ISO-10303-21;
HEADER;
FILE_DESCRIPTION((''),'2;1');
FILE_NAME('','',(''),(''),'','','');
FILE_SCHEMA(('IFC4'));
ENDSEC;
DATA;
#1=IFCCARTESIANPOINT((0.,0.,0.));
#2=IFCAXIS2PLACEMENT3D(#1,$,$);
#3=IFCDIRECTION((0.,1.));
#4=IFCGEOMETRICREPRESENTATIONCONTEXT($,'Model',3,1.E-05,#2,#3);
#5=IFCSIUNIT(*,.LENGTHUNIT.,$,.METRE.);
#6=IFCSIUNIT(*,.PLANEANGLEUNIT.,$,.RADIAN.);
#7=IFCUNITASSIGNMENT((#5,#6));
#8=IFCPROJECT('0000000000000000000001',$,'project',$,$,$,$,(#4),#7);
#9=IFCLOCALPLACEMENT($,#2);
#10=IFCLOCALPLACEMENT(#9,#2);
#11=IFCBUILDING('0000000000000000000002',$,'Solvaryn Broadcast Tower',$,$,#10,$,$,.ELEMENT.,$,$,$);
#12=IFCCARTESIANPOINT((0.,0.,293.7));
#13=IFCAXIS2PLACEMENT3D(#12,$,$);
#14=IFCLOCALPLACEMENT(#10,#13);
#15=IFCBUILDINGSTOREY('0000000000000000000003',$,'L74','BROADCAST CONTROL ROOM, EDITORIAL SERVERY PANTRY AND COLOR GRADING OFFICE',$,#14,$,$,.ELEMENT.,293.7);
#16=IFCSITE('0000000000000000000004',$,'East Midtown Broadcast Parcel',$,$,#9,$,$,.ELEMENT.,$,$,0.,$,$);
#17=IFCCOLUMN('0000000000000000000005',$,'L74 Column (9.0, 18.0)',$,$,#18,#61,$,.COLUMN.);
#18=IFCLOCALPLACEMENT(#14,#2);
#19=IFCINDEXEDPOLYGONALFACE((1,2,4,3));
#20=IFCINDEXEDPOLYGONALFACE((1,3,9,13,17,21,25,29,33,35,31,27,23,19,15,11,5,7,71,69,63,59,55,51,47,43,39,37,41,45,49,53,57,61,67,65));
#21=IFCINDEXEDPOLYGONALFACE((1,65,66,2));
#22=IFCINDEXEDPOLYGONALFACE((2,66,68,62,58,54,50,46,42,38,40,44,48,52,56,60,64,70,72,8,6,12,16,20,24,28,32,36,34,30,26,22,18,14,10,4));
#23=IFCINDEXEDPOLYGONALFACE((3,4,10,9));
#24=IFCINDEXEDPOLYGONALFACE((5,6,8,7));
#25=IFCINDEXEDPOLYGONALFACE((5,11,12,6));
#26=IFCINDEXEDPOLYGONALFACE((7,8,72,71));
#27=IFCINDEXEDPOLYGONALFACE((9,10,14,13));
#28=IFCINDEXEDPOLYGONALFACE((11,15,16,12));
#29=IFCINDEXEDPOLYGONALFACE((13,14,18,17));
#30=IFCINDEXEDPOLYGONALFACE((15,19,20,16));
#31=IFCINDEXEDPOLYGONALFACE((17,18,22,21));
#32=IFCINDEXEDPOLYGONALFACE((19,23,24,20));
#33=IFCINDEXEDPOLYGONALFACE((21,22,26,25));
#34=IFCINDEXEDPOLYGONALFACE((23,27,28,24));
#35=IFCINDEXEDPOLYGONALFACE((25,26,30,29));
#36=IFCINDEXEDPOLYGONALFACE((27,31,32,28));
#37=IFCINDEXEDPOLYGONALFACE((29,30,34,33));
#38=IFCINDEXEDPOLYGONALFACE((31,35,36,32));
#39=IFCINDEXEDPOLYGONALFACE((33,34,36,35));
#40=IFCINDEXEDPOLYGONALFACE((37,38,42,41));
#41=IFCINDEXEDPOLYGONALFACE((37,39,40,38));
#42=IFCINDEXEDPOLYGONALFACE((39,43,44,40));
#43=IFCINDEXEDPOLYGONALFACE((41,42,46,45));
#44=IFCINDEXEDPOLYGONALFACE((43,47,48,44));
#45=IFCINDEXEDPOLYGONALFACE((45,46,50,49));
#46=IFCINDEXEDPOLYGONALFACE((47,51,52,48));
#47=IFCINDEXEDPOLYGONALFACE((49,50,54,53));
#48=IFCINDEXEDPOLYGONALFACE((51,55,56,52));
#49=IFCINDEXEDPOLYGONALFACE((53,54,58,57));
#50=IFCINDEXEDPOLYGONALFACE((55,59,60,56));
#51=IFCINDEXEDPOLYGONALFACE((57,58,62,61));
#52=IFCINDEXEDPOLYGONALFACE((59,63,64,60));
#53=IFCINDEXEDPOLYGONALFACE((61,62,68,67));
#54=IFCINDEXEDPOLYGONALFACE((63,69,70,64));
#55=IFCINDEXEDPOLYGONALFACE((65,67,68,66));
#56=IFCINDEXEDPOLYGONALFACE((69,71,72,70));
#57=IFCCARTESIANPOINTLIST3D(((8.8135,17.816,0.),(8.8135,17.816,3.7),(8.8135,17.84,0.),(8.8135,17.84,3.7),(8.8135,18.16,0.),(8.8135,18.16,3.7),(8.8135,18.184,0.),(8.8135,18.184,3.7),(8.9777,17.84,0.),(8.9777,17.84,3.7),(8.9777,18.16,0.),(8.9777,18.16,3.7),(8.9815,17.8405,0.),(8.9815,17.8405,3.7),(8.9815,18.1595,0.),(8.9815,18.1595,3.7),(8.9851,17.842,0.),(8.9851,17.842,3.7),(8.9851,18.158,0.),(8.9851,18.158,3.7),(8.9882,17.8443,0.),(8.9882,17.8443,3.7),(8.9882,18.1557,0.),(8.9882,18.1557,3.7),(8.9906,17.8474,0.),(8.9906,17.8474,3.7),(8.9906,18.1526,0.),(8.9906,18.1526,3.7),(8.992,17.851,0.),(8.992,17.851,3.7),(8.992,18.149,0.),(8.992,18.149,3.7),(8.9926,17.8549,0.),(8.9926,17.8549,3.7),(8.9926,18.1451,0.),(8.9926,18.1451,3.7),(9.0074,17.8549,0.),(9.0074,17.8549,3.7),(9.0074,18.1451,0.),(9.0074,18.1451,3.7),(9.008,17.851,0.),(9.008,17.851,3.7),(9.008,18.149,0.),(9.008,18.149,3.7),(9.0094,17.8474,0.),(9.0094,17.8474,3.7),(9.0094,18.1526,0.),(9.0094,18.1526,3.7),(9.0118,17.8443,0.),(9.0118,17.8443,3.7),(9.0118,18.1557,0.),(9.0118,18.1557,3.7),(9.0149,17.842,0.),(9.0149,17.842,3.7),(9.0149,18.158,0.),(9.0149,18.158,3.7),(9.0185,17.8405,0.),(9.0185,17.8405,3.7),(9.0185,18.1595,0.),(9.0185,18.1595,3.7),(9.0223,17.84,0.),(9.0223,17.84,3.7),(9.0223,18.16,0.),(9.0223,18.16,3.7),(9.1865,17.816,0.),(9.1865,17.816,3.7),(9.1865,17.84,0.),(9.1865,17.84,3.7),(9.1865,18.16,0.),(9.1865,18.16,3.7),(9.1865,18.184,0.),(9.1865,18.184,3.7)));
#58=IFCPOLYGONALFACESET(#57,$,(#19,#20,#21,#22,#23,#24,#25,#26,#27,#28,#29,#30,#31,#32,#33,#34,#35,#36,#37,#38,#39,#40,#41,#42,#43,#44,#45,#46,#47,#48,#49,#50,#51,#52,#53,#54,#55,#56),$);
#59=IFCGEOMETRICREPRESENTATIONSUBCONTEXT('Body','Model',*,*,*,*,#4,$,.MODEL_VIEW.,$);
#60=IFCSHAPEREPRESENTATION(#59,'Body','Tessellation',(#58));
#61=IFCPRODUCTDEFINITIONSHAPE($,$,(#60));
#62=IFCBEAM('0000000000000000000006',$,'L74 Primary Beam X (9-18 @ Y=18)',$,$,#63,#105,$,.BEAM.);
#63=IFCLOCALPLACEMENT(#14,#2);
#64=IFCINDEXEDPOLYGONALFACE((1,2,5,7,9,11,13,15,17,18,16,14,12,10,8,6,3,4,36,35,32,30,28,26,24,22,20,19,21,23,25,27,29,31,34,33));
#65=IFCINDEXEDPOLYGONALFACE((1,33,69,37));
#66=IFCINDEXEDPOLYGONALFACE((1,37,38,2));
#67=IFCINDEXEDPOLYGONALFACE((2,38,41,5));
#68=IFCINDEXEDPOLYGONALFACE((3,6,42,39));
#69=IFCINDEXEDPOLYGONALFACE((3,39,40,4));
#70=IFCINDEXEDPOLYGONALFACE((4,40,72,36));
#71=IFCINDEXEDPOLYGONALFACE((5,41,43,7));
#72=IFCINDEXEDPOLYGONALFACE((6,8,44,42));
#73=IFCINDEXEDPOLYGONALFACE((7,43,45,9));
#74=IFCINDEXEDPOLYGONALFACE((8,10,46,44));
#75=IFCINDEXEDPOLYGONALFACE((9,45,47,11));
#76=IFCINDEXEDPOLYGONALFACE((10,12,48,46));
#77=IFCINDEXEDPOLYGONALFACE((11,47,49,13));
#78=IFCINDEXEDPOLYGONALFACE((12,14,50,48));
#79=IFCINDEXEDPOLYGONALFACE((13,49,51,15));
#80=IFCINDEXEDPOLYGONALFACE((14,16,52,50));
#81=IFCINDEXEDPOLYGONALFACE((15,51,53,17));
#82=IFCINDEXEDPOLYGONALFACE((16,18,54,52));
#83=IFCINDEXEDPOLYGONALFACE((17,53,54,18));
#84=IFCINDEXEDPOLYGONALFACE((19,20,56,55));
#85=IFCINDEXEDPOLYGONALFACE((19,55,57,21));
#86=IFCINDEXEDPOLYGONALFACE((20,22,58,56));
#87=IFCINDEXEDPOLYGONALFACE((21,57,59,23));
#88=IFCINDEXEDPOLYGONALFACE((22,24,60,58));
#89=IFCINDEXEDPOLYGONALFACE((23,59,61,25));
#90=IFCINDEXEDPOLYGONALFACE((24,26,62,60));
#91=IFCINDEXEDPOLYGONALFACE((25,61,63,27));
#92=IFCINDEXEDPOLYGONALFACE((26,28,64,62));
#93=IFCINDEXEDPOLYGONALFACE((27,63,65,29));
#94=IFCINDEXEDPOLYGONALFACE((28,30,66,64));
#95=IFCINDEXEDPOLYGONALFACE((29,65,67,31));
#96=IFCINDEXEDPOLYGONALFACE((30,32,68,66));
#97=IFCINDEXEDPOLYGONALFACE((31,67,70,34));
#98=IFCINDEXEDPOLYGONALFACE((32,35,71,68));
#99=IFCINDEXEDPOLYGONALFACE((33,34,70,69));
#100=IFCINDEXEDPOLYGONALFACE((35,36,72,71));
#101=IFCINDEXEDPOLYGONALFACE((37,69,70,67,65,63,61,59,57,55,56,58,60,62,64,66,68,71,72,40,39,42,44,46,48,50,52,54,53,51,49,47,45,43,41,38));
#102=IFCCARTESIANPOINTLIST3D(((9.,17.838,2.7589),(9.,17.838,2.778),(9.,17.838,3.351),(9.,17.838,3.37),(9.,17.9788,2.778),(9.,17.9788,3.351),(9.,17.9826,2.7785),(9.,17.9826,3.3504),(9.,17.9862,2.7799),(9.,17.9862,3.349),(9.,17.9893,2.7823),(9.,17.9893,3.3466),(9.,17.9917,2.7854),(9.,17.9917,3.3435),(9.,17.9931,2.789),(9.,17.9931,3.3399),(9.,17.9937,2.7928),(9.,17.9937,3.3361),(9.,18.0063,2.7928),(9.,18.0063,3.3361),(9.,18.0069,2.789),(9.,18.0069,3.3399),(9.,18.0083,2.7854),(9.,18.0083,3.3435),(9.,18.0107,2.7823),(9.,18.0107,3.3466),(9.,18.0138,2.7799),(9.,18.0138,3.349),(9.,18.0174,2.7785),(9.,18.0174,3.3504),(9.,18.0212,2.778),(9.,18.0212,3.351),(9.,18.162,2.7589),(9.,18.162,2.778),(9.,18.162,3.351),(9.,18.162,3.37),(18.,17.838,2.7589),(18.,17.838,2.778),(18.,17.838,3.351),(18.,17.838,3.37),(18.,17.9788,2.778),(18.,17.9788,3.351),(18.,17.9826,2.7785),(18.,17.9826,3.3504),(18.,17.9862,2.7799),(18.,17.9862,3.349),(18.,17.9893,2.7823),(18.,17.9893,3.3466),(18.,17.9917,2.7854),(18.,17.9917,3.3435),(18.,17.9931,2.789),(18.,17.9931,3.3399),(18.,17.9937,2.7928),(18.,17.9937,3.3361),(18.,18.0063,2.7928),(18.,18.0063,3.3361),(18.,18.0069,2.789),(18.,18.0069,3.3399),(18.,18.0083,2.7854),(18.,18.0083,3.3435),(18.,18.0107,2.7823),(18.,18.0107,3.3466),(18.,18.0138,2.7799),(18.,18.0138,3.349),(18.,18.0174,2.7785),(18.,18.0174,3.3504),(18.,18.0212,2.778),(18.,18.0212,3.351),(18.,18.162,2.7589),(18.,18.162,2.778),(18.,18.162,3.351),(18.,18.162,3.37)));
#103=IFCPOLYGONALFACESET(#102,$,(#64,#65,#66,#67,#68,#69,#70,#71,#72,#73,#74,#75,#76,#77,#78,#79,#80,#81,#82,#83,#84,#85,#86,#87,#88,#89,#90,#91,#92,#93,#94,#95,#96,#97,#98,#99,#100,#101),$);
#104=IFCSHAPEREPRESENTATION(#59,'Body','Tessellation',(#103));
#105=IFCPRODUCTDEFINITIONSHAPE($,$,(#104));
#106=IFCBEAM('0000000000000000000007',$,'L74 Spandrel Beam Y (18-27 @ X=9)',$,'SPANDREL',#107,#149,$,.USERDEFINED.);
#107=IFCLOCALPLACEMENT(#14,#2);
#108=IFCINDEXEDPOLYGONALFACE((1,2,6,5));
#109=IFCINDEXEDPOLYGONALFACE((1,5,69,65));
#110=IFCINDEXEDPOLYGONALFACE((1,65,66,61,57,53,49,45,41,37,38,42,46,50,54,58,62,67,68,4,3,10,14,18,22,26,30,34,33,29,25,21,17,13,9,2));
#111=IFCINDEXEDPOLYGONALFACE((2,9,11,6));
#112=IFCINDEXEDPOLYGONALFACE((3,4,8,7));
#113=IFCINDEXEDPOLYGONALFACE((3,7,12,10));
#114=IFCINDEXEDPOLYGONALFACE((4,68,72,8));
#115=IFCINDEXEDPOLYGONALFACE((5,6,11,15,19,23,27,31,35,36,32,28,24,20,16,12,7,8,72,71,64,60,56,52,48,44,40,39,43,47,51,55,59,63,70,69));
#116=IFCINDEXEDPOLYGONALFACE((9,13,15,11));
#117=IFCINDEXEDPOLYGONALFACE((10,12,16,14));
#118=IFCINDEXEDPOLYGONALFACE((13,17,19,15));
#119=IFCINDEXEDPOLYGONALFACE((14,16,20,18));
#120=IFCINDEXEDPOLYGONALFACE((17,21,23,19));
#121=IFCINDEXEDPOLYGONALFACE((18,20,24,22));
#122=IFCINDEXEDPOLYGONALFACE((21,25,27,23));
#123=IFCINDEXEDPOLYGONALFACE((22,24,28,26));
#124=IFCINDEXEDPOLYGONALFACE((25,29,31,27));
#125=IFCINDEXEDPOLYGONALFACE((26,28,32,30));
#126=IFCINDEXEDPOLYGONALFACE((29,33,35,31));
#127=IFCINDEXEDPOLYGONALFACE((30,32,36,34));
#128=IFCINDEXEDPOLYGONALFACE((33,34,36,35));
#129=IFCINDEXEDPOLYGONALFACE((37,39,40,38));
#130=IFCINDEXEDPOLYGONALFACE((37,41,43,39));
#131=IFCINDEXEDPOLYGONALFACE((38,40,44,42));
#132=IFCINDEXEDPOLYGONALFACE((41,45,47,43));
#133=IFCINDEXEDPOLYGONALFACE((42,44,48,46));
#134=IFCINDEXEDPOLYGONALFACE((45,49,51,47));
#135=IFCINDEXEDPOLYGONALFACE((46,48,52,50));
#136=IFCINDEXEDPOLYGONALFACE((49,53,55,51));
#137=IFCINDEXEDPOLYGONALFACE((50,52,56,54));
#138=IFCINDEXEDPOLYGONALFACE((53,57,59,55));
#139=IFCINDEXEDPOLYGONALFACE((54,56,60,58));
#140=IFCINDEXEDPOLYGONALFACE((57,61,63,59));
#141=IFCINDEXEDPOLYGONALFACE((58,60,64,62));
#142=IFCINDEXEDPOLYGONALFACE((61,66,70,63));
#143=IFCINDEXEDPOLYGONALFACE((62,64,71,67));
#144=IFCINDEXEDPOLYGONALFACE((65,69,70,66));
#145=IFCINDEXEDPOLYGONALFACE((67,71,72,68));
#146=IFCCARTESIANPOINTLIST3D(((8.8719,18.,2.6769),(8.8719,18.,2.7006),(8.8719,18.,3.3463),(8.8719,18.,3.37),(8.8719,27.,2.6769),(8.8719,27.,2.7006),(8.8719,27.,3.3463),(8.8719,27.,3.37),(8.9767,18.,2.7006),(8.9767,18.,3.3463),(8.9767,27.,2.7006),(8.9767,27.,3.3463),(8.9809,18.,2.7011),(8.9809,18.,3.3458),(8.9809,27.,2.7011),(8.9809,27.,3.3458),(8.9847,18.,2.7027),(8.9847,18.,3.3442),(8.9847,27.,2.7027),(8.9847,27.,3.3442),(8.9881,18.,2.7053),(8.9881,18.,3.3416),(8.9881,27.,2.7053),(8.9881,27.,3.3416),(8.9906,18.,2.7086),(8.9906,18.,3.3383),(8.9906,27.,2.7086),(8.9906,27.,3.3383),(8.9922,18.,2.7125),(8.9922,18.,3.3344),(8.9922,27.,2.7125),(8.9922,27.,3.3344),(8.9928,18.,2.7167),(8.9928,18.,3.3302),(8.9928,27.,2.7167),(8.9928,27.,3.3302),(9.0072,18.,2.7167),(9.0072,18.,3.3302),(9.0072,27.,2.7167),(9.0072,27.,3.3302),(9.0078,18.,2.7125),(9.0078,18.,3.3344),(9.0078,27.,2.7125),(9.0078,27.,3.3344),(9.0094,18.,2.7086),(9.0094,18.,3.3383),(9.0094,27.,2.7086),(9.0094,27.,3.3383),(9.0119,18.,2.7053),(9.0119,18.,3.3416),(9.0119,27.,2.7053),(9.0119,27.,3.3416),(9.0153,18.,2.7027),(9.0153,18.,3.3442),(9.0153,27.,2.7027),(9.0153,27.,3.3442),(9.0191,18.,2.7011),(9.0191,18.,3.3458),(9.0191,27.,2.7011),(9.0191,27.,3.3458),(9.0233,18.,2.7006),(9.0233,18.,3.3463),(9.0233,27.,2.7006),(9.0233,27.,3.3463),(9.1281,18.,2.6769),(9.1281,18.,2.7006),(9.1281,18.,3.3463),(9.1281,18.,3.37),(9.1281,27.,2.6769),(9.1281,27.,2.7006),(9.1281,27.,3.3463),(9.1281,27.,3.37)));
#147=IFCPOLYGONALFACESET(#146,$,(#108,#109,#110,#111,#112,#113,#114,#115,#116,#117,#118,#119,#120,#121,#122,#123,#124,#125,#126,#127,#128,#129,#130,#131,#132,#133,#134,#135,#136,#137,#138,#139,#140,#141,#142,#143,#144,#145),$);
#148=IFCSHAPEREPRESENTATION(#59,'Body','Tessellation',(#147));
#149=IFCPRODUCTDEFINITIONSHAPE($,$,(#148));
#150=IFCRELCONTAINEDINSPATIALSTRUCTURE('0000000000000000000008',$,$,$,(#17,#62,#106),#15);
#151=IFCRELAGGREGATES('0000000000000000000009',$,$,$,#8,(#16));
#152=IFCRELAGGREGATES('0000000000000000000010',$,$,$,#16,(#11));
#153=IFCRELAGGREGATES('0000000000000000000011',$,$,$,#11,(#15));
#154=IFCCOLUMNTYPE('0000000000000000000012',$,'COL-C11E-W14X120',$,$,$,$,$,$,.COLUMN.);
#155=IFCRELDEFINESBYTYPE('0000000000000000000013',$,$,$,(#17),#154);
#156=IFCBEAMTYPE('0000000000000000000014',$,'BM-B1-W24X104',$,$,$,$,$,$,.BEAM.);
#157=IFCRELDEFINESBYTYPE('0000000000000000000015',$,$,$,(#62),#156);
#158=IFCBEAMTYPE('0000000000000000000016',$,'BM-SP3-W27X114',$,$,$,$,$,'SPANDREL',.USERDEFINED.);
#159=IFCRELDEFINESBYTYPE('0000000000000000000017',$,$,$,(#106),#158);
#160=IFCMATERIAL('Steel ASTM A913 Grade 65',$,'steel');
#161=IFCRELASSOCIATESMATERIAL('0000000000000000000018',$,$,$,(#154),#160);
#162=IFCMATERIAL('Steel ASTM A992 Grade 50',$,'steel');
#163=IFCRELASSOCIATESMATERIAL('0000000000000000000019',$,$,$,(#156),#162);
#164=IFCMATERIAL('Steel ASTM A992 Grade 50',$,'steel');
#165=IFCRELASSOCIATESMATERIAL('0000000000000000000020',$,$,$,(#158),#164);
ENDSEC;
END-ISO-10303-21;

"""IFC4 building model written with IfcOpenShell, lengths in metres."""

from ifc_helpers import new_model, si_unit, direction, frame, origin, origin_2d, place, context, subcontext, project, spatial, i_section, extrude, material, material_profile, profile_set, type_object, element, save


model = new_model("IFC4")

# Units and contexts
model_context = context("Model", 3, precision=1e-05, world=origin(), true_north=direction((0.0, 1.0)))
body_context = subcontext(model_context, "Body", "Model", "MODEL_VIEW")
ifc_project = project(units=[si_unit("LENGTHUNIT", "METRE"), si_unit("PLANEANGLEUNIT", "RADIAN")], contexts=[model_context])

# Site, building, storey
site_placement = place(None, origin())
site = spatial("IfcSite", under=ifc_project, at=site_placement, Name="East Midtown Broadcast Parcel", CompositionType="ELEMENT", RefElevation=0.0)
building_placement = place(site_placement, origin())
building = spatial("IfcBuilding", under=site, at=building_placement, Name="Solvaryn Broadcast Tower", CompositionType="ELEMENT")
storey_placement = place(building_placement, frame((0.0, 0.0, 293.7)))
storey = spatial("IfcBuildingStorey", under=building, at=storey_placement, Name="L74", Description="BROADCAST CONTROL ROOM, EDITORIAL SERVERY PANTRY AND COLOR GRADING OFFICE", CompositionType="ELEMENT", Elevation=293.7)

# Column
ifc_material_1 = material(Name="Steel ASTM A913 Grade 65", Category="steel")
ifc_material_profile_1 = material_profile(ifc_material_1, i_section(OverallWidth=0.373, OverallDepth=0.3679, WebThickness=0.0149, FlangeThickness=0.0239, FilletRadius=0.0149, at=origin_2d()))
ifc_profile_set_1 = profile_set([ifc_material_profile_1], Name="Steel ASTM A913 Grade 65")
column_type = type_object("IfcColumnType", Name="COL-C11E-W14X120", PredefinedType="COLUMN", material=ifc_profile_set_1)
column_placement = place(storey_placement, frame((9.0, 18.0, 0.0), z_axis=(0.0, 0.0, 1.0), x_axis=(1.0, 0.0, 0.0)))
element("IfcColumn", 1, at=column_placement, inside=storey, type_object=column_type, Name="L74 Column (9.0, 18.0)", PredefinedType="COLUMN", context=body_context, shape_type="SweptSolid", body=[
    extrude(i_section(OverallWidth=0.373, OverallDepth=0.3679, WebThickness=0.0149, FlangeThickness=0.0239, FilletRadius=0.0149, at=origin_2d()), origin(), (0.0, 0.0, 1.0), 3.7),
])

# Beams
ifc_material_2 = material(Name="Steel ASTM A992 Grade 50", Category="steel")
ifc_material_profile_2 = material_profile(ifc_material_2, i_section(OverallWidth=0.324, OverallDepth=0.6111, WebThickness=0.0127, FlangeThickness=0.019, FilletRadius=0.0149, at=origin_2d()))
ifc_profile_set_2 = profile_set([ifc_material_profile_2], Name="Steel ASTM A992 Grade 50")
beam_type_1 = type_object("IfcBeamType", Name="BM-B1-W24X104", PredefinedType="BEAM", material=ifc_profile_set_2)
beam_1_placement = place(storey_placement, frame((9.0, 18.0, 3.0645), z_axis=(1.0, 0.0, 0.0), x_axis=(0.0, 1.0, 0.0)))
element("IfcBeam", 2, at=beam_1_placement, inside=storey, type_object=beam_type_1, Name="L74 Primary Beam X (9-18 @ Y=18)", PredefinedType="BEAM", context=body_context, shape_type="SweptSolid", body=[
    extrude(i_section(OverallWidth=0.324, OverallDepth=0.6111, WebThickness=0.0127, FlangeThickness=0.019, FilletRadius=0.0149, at=origin_2d()), origin(), (0.0, 0.0, 1.0), 9.0),
])
ifc_material_3 = material(Name="Steel ASTM A992 Grade 50", Category="steel")
ifc_material_profile_3 = material_profile(ifc_material_3, i_section(OverallWidth=0.2561, OverallDepth=0.6931, WebThickness=0.0144, FlangeThickness=0.0237, FilletRadius=0.0161, at=origin_2d()))
ifc_profile_set_3 = profile_set([ifc_material_profile_3], Name="Steel ASTM A992 Grade 50")
beam_type_2 = type_object("IfcBeamType", Name="BM-SP3-W27X114", ElementType="SPANDREL", PredefinedType="USERDEFINED", material=ifc_profile_set_3)
beam_2_placement = place(storey_placement, frame((9.0, 18.0, 3.0234), z_axis=(0.0, 1.0, 0.0), x_axis=(-1.0, 0.0, 0.0)))
element("IfcBeam", 3, at=beam_2_placement, inside=storey, type_object=beam_type_2, Name="L74 Spandrel Beam Y (18-27 @ X=9)", ObjectType="SPANDREL", PredefinedType="USERDEFINED", context=body_context, shape_type="SweptSolid", body=[
    extrude(i_section(OverallWidth=0.2561, OverallDepth=0.6931, WebThickness=0.0144, FlangeThickness=0.0237, FilletRadius=0.0161, at=origin_2d()), origin(), (0.0, 0.0, 1.0), 9.0),
])

save(model, "model.ifc")
